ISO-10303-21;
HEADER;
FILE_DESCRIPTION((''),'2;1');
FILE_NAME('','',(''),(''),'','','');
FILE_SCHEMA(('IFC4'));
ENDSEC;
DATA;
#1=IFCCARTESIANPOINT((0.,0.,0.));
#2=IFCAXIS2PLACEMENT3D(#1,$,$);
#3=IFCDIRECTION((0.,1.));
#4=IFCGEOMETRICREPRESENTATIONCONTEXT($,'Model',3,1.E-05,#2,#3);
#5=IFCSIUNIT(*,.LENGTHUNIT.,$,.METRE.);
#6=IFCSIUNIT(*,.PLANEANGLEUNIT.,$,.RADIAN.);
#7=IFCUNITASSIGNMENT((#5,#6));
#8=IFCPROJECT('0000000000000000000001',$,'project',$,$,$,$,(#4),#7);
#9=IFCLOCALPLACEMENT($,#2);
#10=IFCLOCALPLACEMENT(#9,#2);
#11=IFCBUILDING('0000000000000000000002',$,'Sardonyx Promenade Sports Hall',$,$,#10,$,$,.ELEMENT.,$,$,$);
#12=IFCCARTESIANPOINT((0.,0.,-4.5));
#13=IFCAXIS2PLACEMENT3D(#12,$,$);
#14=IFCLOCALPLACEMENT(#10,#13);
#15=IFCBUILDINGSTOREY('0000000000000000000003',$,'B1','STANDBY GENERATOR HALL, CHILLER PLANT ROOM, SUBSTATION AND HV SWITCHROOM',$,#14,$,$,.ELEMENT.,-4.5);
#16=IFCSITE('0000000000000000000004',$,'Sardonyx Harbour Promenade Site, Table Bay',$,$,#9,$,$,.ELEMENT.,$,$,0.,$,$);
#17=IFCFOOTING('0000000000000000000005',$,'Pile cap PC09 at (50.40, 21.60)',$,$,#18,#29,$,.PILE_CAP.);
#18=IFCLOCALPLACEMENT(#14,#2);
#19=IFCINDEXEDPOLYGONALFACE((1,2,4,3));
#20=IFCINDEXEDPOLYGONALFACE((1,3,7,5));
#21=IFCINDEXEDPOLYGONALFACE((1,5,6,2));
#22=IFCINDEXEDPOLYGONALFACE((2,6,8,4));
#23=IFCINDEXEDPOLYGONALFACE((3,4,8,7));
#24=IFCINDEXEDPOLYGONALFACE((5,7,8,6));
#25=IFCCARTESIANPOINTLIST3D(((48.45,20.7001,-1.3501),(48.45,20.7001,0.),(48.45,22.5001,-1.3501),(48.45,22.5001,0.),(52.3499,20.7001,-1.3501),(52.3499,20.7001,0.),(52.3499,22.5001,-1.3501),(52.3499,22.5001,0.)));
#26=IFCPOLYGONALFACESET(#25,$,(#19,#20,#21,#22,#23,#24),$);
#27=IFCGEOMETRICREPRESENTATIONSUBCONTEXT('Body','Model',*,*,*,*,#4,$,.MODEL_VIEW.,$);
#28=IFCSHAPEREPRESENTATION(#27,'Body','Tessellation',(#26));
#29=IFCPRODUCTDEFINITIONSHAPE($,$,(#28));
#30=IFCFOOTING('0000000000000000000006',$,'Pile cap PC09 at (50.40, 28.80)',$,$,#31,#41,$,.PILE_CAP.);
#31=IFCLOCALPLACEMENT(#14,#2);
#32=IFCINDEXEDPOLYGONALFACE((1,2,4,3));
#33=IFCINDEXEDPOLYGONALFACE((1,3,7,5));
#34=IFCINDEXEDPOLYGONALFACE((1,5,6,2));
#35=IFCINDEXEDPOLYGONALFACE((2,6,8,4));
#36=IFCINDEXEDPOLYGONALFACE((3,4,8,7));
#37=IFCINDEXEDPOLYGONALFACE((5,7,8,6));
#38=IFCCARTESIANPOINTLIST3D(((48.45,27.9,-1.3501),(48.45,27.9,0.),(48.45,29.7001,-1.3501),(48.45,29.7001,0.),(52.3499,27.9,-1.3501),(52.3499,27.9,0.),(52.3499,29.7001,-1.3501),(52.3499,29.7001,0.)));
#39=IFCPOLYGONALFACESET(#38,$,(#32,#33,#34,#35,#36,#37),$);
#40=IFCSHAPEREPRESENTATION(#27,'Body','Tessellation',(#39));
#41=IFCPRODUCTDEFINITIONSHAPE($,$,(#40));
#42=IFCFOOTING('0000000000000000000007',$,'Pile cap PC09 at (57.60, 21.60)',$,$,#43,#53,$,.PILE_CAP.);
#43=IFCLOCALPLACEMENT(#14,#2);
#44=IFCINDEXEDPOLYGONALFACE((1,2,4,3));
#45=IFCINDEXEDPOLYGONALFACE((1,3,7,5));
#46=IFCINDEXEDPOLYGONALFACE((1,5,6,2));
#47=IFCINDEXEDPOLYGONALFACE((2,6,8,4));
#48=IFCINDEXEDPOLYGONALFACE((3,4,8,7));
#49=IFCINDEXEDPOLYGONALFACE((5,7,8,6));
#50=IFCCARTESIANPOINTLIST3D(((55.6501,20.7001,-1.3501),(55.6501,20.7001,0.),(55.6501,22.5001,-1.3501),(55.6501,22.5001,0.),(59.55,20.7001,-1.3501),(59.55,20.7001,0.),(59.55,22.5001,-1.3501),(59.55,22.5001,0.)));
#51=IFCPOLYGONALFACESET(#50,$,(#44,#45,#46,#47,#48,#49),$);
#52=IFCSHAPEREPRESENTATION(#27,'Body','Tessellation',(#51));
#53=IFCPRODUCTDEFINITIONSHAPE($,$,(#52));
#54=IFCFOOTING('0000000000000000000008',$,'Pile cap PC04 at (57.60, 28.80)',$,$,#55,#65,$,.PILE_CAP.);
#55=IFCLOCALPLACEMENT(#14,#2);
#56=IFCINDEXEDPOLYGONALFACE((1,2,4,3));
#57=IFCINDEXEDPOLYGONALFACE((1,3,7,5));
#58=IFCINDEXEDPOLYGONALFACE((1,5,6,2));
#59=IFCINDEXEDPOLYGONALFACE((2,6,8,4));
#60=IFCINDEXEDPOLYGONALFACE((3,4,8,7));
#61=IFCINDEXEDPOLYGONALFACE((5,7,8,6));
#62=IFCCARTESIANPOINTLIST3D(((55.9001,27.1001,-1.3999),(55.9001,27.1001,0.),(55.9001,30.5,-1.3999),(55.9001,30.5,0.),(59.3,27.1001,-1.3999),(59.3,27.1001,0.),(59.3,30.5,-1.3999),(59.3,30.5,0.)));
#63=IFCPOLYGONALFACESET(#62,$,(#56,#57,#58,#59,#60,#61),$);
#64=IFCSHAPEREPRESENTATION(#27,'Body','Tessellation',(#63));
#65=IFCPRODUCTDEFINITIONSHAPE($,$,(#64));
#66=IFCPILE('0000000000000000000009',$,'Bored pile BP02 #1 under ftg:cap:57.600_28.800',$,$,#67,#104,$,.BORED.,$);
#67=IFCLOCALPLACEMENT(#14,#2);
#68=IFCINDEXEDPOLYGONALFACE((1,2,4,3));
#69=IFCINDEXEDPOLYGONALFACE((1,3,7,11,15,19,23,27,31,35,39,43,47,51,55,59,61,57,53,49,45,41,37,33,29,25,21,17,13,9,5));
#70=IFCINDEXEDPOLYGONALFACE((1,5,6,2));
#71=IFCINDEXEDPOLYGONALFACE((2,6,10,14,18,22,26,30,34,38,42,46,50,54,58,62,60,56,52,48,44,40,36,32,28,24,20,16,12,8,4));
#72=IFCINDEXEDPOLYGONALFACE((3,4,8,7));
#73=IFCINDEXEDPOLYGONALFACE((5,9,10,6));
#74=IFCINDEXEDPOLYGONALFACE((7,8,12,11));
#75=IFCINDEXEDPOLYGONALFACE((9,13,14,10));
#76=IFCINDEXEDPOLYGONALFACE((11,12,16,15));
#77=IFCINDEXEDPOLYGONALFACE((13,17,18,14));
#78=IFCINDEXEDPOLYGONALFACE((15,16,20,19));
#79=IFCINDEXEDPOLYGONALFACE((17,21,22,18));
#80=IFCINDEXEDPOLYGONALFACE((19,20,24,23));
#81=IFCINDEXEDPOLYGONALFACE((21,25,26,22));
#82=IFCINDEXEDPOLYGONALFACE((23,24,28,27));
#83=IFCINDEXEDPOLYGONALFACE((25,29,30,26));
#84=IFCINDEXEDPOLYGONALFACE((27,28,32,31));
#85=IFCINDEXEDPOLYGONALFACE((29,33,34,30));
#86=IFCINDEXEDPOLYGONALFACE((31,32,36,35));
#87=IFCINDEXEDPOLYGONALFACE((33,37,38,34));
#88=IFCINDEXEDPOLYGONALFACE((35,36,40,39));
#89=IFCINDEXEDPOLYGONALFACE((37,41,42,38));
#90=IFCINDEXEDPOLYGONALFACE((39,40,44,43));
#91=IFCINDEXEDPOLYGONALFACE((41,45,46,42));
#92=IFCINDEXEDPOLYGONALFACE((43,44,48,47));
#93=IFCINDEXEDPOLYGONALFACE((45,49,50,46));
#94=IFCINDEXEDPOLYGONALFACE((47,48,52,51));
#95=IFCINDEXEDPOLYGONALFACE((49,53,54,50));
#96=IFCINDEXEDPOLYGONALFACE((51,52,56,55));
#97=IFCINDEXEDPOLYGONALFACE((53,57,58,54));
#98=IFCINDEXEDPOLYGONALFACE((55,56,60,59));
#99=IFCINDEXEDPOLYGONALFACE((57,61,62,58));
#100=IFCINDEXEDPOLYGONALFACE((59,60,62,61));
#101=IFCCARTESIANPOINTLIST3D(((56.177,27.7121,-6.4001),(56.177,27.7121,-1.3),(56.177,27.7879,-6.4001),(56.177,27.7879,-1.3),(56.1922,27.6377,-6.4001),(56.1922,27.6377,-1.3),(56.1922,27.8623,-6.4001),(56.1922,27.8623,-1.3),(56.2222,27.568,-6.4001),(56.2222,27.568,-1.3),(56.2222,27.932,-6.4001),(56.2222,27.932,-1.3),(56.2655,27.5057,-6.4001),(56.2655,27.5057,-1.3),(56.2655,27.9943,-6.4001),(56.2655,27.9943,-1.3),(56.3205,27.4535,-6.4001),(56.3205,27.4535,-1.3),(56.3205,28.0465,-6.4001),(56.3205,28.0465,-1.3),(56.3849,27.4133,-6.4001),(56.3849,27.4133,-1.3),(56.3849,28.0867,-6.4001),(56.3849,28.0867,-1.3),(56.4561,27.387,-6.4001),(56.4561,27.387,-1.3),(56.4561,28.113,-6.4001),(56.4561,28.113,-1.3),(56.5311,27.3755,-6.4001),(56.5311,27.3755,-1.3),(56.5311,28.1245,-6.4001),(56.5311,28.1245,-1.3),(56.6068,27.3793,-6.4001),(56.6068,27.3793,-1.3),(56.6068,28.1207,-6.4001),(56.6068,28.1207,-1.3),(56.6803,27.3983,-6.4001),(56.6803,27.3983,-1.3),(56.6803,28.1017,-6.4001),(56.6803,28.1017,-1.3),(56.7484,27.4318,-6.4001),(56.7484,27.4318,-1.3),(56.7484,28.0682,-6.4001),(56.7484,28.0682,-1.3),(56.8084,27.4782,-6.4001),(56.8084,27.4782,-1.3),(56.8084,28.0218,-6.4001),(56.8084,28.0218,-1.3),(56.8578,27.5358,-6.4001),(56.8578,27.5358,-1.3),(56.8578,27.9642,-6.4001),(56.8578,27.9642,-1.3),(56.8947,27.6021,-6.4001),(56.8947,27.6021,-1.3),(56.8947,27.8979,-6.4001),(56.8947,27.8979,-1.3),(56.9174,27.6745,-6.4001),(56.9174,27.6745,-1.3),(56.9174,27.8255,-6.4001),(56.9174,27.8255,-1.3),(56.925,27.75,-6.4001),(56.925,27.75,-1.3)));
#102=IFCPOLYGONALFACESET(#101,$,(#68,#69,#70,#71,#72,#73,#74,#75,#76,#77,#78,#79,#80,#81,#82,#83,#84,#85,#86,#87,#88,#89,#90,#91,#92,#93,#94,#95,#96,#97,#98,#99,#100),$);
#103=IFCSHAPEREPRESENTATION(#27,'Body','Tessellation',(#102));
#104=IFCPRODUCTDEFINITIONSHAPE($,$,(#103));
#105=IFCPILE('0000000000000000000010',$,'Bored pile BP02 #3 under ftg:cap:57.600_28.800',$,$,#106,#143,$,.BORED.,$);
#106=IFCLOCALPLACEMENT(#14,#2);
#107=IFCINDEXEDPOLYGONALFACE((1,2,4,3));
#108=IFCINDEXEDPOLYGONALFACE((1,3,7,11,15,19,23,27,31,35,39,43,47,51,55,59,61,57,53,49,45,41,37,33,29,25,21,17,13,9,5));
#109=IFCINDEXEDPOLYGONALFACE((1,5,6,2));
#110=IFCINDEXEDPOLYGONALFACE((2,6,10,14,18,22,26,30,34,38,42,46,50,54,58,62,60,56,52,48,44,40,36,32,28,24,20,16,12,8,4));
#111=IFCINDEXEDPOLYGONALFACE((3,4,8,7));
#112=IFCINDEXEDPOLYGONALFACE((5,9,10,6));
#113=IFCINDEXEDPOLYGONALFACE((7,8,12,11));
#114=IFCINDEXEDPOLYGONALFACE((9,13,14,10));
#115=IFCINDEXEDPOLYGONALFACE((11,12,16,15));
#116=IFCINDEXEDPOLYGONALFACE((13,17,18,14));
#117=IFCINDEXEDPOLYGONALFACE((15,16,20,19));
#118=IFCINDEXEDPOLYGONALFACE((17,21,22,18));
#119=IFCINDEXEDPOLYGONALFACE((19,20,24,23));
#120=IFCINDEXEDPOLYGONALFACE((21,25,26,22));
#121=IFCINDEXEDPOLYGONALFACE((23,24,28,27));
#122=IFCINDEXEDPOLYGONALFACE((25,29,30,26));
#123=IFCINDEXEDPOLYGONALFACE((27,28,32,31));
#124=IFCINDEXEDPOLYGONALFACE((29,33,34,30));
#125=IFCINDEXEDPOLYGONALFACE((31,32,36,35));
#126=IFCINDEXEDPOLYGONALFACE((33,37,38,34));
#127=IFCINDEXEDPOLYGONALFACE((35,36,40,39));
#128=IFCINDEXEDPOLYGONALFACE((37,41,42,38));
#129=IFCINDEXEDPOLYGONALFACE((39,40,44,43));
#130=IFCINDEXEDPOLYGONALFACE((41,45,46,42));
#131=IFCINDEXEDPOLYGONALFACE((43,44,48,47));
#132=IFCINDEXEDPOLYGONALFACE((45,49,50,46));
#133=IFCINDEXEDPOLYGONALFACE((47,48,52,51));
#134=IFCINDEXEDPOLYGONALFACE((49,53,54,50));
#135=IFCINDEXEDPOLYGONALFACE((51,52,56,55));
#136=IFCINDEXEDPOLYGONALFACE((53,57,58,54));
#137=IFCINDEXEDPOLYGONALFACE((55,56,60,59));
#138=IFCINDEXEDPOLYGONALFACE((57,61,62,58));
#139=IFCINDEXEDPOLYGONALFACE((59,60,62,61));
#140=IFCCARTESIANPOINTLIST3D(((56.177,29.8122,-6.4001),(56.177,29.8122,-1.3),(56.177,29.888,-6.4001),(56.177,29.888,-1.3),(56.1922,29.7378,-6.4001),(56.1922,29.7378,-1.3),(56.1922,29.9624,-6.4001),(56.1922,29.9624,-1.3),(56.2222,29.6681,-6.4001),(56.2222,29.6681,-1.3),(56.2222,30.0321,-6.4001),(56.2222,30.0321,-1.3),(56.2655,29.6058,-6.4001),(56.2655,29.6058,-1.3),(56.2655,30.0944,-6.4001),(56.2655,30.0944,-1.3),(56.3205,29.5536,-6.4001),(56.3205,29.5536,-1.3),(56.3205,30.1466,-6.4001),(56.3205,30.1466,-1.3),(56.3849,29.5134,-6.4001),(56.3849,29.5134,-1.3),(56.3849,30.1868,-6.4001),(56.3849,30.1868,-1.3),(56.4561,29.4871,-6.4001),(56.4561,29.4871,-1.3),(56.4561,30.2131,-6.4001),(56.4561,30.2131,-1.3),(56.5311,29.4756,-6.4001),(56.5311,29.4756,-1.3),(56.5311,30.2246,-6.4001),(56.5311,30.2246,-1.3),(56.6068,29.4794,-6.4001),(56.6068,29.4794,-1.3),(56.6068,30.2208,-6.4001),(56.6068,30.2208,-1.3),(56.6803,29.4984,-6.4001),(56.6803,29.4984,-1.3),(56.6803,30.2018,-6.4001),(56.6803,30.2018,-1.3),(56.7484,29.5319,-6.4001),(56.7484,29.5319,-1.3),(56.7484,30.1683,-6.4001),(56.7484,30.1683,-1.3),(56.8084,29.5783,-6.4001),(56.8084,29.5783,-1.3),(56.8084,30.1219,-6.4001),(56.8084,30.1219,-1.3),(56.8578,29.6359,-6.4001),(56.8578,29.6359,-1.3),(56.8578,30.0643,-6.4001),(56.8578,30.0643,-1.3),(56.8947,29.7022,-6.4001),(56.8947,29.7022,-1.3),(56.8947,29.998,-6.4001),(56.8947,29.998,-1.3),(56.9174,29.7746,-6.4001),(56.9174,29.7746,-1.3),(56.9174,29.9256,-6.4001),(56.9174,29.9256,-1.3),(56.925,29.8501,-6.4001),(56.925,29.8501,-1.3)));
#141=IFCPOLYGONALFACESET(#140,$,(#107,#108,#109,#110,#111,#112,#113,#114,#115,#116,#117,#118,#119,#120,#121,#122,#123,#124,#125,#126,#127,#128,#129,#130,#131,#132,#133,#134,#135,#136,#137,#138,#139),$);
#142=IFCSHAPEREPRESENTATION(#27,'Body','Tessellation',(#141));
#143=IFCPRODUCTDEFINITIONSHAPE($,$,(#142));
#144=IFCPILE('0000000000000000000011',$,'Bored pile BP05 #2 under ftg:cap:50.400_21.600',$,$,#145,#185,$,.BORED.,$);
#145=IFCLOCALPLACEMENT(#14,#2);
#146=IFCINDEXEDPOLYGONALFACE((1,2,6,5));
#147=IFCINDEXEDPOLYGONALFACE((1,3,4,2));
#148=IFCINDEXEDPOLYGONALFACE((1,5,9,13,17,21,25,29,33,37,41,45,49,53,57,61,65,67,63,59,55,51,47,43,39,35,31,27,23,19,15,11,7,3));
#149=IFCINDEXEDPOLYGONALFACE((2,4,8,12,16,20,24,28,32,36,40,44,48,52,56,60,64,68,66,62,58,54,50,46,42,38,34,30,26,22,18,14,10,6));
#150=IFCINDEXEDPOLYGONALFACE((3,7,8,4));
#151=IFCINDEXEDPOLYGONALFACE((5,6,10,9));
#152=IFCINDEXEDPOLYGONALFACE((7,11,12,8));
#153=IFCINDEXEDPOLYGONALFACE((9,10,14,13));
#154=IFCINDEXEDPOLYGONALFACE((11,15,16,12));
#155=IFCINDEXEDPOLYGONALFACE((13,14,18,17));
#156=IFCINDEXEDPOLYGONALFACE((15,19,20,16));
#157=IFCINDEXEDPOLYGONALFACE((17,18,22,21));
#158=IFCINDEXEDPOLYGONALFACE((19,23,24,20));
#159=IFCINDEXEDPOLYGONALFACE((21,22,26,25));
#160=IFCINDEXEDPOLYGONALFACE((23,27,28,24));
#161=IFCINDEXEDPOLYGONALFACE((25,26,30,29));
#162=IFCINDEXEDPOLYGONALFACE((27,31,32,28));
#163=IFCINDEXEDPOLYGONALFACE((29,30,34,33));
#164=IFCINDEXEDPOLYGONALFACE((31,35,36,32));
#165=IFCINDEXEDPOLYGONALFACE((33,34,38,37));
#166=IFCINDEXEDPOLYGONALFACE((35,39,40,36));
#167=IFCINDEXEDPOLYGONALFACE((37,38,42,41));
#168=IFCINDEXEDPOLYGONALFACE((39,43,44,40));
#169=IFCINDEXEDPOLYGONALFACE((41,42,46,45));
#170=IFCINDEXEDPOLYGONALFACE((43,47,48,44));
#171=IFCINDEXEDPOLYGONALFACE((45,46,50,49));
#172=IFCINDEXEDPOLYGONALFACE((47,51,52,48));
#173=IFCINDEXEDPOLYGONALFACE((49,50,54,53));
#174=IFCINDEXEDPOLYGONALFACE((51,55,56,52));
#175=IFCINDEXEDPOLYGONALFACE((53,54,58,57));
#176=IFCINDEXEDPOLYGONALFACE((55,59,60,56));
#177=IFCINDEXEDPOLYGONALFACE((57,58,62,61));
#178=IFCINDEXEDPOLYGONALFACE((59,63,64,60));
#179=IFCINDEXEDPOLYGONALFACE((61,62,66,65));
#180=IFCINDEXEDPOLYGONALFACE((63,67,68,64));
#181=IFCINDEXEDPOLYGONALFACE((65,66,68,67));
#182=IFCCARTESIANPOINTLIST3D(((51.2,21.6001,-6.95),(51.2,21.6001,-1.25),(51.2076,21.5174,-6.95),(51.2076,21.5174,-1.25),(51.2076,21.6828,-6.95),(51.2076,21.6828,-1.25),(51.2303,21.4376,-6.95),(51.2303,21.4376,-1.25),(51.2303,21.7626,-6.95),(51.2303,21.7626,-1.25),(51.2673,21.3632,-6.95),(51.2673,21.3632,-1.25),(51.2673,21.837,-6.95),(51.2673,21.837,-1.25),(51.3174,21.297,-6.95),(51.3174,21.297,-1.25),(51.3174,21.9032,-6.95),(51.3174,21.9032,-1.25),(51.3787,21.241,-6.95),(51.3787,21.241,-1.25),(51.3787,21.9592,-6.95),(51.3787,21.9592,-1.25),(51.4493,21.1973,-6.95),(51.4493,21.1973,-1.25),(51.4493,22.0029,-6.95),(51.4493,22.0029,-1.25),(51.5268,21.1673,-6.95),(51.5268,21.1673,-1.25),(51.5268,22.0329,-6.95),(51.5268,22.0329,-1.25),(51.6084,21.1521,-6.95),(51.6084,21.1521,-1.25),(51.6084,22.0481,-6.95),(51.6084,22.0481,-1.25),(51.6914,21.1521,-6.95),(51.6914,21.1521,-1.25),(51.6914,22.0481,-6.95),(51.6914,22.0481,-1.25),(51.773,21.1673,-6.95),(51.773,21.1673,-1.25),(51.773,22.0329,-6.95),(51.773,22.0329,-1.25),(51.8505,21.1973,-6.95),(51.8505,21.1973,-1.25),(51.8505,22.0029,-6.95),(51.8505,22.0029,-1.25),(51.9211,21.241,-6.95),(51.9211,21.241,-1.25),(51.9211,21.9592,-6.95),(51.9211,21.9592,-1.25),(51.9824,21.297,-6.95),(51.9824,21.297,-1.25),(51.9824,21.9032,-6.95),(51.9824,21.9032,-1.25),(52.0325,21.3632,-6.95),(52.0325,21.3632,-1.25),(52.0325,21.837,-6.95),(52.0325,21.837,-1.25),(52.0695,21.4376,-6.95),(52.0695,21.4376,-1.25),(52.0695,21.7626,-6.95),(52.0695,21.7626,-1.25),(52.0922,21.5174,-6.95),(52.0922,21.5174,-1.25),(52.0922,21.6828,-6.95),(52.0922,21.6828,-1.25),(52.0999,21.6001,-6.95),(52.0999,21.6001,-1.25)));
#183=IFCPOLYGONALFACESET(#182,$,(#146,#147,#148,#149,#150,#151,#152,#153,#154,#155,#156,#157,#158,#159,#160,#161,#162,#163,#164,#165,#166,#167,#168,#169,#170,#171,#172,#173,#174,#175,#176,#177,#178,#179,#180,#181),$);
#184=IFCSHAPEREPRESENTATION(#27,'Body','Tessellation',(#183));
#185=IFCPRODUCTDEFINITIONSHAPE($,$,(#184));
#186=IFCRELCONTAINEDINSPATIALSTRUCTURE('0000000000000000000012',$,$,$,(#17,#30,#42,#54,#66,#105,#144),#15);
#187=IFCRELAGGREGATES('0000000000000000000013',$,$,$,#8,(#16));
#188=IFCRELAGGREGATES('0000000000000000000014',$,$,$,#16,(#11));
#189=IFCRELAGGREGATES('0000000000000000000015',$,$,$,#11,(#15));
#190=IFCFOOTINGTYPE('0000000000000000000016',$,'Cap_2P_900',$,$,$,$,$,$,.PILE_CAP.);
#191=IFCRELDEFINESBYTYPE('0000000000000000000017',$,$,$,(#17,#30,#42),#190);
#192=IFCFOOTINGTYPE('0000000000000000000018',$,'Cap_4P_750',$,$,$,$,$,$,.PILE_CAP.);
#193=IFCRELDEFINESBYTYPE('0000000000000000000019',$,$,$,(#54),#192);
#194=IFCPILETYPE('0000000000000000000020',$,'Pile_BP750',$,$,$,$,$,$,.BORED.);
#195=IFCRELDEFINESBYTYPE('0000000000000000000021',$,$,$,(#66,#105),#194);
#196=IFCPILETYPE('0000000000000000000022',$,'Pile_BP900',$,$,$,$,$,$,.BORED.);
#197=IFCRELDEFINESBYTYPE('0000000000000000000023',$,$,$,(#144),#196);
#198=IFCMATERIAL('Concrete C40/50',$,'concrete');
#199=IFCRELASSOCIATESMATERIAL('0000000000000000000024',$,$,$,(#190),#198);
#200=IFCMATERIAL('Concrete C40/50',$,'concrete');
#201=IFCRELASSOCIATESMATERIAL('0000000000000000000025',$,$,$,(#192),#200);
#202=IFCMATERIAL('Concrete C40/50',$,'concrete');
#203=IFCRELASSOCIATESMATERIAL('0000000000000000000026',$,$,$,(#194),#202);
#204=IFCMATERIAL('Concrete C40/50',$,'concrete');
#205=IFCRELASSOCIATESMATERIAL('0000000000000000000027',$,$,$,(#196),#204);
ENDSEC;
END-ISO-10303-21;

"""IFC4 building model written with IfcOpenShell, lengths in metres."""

from ifc_helpers import new_model, si_unit, direction, frame, origin, origin_2d, place, context, subcontext, project, spatial, rectangle, circle, extrude, material, material_profile, profile_set, type_object, element, save


model = new_model("IFC4")

# Units and contexts
model_context = context("Model", 3, precision=1e-05, world=origin(), true_north=direction((0.0, 1.0)))
body_context = subcontext(model_context, "Body", "Model", "MODEL_VIEW")
ifc_project = project(units=[si_unit("LENGTHUNIT", "METRE"), si_unit("PLANEANGLEUNIT", "RADIAN")], contexts=[model_context])

# Site, building, storey
site_placement = place(None, origin())
site = spatial("IfcSite", under=ifc_project, at=site_placement, Name="Sardonyx Harbour Promenade Site, Table Bay", CompositionType="ELEMENT", RefElevation=0.0)
building_placement = place(site_placement, origin())
building = spatial("IfcBuilding", under=site, at=building_placement, Name="Sardonyx Promenade Sports Hall", CompositionType="ELEMENT")
storey_placement = place(building_placement, frame((0.0, 0.0, -4.5)))
storey = spatial("IfcBuildingStorey", under=building, at=storey_placement, Name="B1", Description="STANDBY GENERATOR HALL, CHILLER PLANT ROOM, SUBSTATION AND HV SWITCHROOM", CompositionType="ELEMENT", Elevation=-4.5)

# Footings
ifc_material_1 = material(Name="Concrete C40/50", Category="concrete")
footing_type_1 = type_object("IfcFootingType", Name="Cap_2P_900", PredefinedType="PILE_CAP", material=ifc_material_1)
for number, where, z_axis, x_axis, name in (
    (1, (50.3999, 21.6001, -1.3501), (0.0, 0.0, 1.0), (1.0, 0.0, 0.0), "Pile cap PC09 at (50.40, 21.60)"),
    (2, (50.3999, 28.8, -1.3501), (0.0, 0.0, 1.0), (1.0, 0.0, 0.0), "Pile cap PC09 at (50.40, 28.80)"),
    (3, (57.6001, 21.6001, -1.3501), (0.0, 0.0, 1.0), (1.0, 0.0, 0.0), "Pile cap PC09 at (57.60, 21.60)"),
):
    element("IfcFooting", number, at=place(storey_placement, frame(where, z_axis=z_axis, x_axis=x_axis)), inside=storey, type_object=footing_type_1, Name=name, PredefinedType="PILE_CAP", context=body_context, shape_type="SweptSolid", body=[
        extrude(rectangle(XDim=3.8999, YDim=1.8, at=origin_2d()), origin(), (0.0, 0.0, 1.0), 1.3501),
    ])
ifc_material_2 = material(Name="Concrete C40/50", Category="concrete")
footing_type_2 = type_object("IfcFootingType", Name="Cap_4P_750", PredefinedType="PILE_CAP", material=ifc_material_2)
footing_placement = place(storey_placement, frame((57.6001, 28.8, -1.3999), z_axis=(0.0, 0.0, 1.0), x_axis=(1.0, 0.0, 0.0)))
element("IfcFooting", 4, at=footing_placement, inside=storey, type_object=footing_type_2, Name="Pile cap PC04 at (57.60, 28.80)", PredefinedType="PILE_CAP", context=body_context, shape_type="SweptSolid", body=[
    extrude(rectangle(XDim=3.3999, YDim=3.3999, at=origin_2d()), origin(), (0.0, 0.0, 1.0), 1.3999),
])

# Piles
ifc_material_3 = material(Name="Concrete C40/50", Category="concrete")
ifc_material_profile_1 = material_profile(ifc_material_3, circle(Radius=0.375, at=origin_2d()))
ifc_profile_set_1 = profile_set([ifc_material_profile_1], Name="Concrete C40/50")
pile_type_1 = type_object("IfcPileType", Name="Pile_BP750", PredefinedType="BORED", material=ifc_profile_set_1)
for number, where, z_axis, x_axis, name in (
    (5, (56.55, 27.75, -1.3), (0.0, 0.0, -1.0), (1.0, 0.0, 0.0), "Bored pile BP02 #1 under ftg:cap:57.600_28.800"),
    (6, (56.55, 29.8501, -1.3), (0.0, 0.0, -1.0), (1.0, 0.0, 0.0), "Bored pile BP02 #3 under ftg:cap:57.600_28.800"),
):
    element("IfcPile", number, at=place(storey_placement, frame(where, z_axis=z_axis, x_axis=x_axis)), inside=storey, type_object=pile_type_1, Name=name, PredefinedType="BORED", context=body_context, shape_type="SweptSolid", body=[
        extrude(circle(Radius=0.375, at=origin_2d()), origin(), (0.0, 0.0, 1.0), 5.1001),
    ])
ifc_material_4 = material(Name="Concrete C40/50", Category="concrete")
ifc_material_profile_2 = material_profile(ifc_material_4, circle(Radius=0.45, at=origin_2d()))
ifc_profile_set_2 = profile_set([ifc_material_profile_2], Name="Concrete C40/50")
pile_type_2 = type_object("IfcPileType", Name="Pile_BP900", PredefinedType="BORED", material=ifc_profile_set_2)
for number, where, z_axis, x_axis, name in (
    (7, (51.6499, 21.6001, -1.25), (0.0, 0.0, -1.0), (1.0, 0.0, 0.0), "Bored pile BP05 #2 under ftg:cap:50.400_21.600"),
):
    element("IfcPile", number, at=place(storey_placement, frame(where, z_axis=z_axis, x_axis=x_axis)), inside=storey, type_object=pile_type_2, Name=name, PredefinedType="BORED", context=body_context, shape_type="SweptSolid", body=[
        extrude(circle(Radius=0.45, at=origin_2d()), origin(), (0.0, 0.0, 1.0), 5.7),
    ])

save(model, "model.ifc")
